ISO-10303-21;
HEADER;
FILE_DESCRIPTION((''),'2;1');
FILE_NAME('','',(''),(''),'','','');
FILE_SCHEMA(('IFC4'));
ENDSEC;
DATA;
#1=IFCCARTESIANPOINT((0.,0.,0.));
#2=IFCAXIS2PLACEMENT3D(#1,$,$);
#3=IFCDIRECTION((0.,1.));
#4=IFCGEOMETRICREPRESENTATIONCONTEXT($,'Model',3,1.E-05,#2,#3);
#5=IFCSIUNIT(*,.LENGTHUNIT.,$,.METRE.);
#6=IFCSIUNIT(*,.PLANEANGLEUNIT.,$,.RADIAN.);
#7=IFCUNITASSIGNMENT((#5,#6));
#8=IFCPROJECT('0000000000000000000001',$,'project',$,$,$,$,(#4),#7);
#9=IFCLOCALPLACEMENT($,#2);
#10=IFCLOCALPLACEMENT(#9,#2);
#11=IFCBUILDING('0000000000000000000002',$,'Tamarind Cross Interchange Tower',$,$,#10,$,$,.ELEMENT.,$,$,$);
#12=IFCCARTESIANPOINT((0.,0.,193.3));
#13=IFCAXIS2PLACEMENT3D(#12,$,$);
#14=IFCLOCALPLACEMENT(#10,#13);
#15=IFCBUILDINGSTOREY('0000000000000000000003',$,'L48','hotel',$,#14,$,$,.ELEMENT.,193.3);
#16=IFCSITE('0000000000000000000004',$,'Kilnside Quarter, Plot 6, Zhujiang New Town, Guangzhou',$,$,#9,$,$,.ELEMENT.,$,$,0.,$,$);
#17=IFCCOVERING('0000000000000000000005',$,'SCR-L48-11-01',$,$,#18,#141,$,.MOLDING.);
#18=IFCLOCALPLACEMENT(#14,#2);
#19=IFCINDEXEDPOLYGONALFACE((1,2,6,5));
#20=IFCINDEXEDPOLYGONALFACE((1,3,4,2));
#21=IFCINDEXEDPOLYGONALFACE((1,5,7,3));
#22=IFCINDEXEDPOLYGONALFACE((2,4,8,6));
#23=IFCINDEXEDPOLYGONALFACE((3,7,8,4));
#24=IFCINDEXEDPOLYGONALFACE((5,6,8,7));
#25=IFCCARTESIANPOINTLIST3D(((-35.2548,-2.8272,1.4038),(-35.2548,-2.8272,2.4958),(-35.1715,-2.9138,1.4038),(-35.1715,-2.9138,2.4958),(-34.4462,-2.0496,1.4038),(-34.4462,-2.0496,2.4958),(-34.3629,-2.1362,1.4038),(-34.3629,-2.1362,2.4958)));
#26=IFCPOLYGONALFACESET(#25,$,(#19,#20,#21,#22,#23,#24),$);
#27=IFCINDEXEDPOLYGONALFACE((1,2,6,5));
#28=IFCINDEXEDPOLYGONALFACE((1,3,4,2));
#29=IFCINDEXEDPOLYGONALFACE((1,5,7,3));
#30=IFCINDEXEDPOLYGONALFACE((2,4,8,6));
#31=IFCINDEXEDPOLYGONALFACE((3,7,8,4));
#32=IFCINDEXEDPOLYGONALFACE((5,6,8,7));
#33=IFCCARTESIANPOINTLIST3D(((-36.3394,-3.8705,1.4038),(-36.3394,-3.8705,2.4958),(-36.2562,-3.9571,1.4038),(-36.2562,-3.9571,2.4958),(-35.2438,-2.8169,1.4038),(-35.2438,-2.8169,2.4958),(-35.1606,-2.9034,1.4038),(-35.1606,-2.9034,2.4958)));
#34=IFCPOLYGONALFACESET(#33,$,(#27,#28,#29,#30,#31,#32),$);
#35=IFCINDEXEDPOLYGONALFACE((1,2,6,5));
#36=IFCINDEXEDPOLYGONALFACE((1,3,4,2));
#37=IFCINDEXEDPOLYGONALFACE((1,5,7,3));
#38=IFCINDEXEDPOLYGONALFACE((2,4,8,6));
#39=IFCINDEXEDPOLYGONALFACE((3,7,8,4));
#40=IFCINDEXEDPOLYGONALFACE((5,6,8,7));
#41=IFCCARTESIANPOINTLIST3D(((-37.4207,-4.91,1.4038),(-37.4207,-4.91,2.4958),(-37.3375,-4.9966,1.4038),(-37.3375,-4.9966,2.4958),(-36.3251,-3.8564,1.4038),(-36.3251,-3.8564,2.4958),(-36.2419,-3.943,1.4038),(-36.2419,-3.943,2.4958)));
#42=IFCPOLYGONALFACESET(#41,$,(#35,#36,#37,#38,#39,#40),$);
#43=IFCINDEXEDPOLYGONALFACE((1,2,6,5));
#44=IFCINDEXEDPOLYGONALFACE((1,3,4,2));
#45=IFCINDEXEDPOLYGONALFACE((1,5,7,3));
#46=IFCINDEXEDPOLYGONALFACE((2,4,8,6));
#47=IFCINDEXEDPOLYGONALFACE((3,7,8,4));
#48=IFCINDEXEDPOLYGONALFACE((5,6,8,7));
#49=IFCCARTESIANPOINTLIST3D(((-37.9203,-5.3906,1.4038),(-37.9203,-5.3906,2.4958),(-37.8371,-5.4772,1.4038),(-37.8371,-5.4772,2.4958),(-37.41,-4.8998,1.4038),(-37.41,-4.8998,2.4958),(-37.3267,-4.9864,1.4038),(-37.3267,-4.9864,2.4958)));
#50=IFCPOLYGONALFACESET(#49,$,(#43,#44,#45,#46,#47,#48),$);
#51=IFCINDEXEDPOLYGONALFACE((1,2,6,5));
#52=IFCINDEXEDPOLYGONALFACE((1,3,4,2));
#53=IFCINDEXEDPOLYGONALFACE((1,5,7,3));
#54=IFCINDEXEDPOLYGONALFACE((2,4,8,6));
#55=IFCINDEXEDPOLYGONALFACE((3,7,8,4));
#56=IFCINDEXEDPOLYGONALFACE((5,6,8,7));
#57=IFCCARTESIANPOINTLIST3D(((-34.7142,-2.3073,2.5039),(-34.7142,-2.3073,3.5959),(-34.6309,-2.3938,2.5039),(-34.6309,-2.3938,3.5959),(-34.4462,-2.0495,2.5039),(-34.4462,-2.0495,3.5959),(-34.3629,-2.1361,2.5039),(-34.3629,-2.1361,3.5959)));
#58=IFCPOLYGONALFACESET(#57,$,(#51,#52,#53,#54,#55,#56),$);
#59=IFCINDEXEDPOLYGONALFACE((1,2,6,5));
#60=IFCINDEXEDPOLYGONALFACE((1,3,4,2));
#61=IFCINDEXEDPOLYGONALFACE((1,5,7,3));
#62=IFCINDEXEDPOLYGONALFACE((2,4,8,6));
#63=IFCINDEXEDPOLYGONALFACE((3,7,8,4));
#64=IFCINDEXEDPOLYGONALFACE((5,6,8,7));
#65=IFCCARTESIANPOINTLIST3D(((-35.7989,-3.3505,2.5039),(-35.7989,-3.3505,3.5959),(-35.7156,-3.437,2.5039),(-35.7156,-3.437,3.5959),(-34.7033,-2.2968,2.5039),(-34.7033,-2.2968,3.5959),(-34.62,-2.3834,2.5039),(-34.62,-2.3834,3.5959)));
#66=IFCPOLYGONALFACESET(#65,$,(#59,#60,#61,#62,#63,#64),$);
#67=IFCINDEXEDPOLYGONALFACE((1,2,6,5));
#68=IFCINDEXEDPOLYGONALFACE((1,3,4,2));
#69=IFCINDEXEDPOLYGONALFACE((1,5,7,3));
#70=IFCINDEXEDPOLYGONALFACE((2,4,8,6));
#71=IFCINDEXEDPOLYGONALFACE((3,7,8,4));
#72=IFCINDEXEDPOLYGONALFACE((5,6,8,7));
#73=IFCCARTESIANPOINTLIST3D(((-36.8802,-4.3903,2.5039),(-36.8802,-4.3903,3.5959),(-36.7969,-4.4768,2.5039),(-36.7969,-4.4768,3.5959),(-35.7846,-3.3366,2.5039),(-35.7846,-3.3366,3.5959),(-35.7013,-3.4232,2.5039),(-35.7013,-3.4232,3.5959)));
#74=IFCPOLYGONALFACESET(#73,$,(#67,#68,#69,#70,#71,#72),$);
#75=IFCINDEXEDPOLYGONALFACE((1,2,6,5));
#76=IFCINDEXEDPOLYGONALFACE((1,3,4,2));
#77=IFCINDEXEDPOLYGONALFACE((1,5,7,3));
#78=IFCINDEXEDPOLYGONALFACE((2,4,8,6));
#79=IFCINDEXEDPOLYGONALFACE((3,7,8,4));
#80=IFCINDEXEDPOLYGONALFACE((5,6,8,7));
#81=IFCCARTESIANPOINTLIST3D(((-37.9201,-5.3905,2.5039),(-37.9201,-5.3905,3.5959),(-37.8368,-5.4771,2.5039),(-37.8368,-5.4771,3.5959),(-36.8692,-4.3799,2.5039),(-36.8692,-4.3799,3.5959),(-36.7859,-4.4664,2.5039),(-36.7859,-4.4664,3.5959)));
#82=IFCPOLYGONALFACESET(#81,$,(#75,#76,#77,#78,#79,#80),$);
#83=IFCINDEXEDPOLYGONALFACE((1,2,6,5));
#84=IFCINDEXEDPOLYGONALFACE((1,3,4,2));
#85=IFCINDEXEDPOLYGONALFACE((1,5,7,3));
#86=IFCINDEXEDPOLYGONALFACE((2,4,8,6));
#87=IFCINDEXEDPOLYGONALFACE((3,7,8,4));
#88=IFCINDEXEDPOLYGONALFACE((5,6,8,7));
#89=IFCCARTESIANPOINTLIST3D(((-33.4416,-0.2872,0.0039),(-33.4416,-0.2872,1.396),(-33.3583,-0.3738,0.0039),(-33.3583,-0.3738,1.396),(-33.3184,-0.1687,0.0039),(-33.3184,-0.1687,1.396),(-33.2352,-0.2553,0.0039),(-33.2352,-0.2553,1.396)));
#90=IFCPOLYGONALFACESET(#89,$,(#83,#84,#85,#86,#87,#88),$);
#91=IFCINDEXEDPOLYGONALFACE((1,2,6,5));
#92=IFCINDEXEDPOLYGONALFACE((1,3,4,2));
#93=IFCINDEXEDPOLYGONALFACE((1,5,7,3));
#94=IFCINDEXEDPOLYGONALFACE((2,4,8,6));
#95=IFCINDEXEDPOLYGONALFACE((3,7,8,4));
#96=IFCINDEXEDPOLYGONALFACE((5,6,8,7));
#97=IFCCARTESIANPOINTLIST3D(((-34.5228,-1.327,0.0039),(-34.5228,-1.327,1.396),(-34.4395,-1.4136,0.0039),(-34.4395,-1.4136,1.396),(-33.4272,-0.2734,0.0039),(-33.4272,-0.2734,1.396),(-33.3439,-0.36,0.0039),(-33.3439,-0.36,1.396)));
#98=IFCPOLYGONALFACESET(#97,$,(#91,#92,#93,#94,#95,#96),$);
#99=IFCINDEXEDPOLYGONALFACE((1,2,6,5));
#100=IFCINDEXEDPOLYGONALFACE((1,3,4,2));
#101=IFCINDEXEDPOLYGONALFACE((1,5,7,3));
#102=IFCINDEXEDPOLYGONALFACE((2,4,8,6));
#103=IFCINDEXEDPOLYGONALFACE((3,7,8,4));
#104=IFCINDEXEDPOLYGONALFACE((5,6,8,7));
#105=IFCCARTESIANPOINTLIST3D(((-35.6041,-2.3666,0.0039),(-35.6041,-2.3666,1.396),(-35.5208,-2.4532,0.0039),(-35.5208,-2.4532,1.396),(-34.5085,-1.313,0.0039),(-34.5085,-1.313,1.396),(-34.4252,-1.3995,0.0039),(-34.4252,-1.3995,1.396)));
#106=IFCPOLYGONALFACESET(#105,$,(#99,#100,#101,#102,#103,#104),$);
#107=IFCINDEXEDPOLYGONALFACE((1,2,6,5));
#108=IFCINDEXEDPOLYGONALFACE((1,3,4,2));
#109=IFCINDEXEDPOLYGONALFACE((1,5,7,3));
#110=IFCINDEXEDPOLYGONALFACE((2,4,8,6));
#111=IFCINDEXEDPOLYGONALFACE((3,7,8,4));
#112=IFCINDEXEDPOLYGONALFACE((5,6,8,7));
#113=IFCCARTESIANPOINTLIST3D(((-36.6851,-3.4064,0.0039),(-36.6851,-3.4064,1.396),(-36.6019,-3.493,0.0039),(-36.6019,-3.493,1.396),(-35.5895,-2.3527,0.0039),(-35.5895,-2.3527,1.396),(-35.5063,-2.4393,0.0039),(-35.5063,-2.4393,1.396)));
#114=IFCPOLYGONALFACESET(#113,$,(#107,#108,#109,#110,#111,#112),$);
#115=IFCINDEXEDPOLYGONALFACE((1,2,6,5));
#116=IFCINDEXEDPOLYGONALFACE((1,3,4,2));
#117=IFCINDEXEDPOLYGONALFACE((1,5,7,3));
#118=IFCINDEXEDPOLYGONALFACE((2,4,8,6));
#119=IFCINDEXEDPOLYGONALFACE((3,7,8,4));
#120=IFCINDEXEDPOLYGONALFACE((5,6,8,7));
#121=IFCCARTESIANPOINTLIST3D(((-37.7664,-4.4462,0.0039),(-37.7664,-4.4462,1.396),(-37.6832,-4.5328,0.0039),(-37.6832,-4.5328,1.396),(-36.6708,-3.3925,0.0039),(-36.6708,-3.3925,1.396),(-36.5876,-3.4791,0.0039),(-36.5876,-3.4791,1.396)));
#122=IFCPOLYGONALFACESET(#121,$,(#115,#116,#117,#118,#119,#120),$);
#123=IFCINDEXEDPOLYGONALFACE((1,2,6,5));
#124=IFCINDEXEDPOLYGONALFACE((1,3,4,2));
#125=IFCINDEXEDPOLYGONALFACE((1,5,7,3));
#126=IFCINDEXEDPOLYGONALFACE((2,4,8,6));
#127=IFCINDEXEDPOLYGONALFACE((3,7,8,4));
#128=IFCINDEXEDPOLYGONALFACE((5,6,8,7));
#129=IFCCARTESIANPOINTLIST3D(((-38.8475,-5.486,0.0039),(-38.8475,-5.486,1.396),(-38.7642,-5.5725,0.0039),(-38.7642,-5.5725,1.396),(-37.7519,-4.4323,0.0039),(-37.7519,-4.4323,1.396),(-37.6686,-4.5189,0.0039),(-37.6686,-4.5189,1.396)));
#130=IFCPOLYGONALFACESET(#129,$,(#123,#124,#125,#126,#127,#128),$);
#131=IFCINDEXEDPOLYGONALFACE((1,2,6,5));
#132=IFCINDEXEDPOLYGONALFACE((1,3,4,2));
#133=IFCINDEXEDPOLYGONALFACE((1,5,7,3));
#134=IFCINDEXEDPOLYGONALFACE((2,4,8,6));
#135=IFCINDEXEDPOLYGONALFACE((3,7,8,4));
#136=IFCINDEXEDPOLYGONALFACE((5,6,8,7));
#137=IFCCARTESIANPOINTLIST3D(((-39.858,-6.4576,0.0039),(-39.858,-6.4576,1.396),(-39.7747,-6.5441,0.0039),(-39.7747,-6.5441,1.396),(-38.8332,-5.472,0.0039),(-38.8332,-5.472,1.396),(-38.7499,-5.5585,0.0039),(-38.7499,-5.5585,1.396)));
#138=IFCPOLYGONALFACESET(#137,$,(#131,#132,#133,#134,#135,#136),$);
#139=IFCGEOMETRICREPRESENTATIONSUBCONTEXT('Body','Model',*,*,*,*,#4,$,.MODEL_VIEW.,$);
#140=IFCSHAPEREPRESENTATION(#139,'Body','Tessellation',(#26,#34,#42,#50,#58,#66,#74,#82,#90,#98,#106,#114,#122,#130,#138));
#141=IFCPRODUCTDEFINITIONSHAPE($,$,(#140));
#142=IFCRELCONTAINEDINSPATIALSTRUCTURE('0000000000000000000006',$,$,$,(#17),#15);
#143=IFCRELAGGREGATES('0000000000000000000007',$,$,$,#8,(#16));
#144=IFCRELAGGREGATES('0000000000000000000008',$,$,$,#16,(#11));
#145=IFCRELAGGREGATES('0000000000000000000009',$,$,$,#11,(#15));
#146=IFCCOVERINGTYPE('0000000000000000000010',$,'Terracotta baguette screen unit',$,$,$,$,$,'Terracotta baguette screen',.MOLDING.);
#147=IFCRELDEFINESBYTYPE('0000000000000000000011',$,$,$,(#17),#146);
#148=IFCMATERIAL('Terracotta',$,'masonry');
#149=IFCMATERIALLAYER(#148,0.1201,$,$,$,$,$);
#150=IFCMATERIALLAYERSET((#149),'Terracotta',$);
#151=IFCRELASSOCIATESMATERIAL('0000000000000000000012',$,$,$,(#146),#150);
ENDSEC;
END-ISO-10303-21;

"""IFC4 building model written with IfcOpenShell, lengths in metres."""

from ifc_helpers import new_model, si_unit, direction, frame, origin, origin_2d, place, context, subcontext, project, spatial, rectangle, extrude, material, layer, layer_set, type_object, element, save


model = new_model("IFC4")

# Units and contexts
model_context = context("Model", 3, precision=1e-05, world=origin(), true_north=direction((0.0, 1.0)))
body_context = subcontext(model_context, "Body", "Model", "MODEL_VIEW")
ifc_project = project(units=[si_unit("LENGTHUNIT", "METRE"), si_unit("PLANEANGLEUNIT", "RADIAN")], contexts=[model_context])

# Site, building, storey
site_placement = place(None, origin())
site = spatial("IfcSite", under=ifc_project, at=site_placement, Name="Kilnside Quarter, Plot 6, Zhujiang New Town, Guangzhou", CompositionType="ELEMENT", RefElevation=0.0)
building_placement = place(site_placement, origin())
building = spatial("IfcBuilding", under=site, at=building_placement, Name="Tamarind Cross Interchange Tower", CompositionType="ELEMENT")
storey_placement = place(building_placement, frame((0.0, 0.0, 193.3)))
storey = spatial("IfcBuildingStorey", under=building, at=storey_placement, Name="L48", Description="hotel", CompositionType="ELEMENT", Elevation=193.3)

# Covering
ifc_material_1 = material(Name="Terracotta", Category="masonry")
ifc_layer_1 = layer(ifc_material_1, 0.1201)
ifc_layer_set_1 = layer_set([ifc_layer_1], Name="Terracotta")
covering_type = type_object("IfcCoveringType", Name="Terracotta baguette screen unit", ElementType="Terracotta baguette screen", PredefinedType="MOLDING", material=ifc_layer_set_1)
covering_1_placement = place(storey_placement, origin())
element("IfcCovering", 1, at=covering_1_placement, inside=storey, type_object=covering_type, Name="SCR-L48-11-01", PredefinedType="MOLDING", context=body_context, shape_type="SweptSolid", body=[
    extrude(rectangle(XDim=1.1218, YDim=0.1201, at=origin_2d()), frame((-34.8088, -2.4817, 1.4038), z_axis=(0.0, 0.0, 1.0), x_axis=(-0.720774, -0.69317, 0.0)), (0.0, 0.0, 1.0), 1.092),
    extrude(rectangle(XDim=1.52, YDim=0.1201, at=origin_2d()), frame((-35.75, -3.387, 1.4038), z_axis=(0.0, 0.0, 1.0), x_axis=(-0.720774, -0.69317, 0.0)), (0.0, 0.0, 1.0), 1.092),
    extrude(rectangle(XDim=1.52, YDim=0.1201, at=origin_2d()), frame((-36.8313, -4.4265, 1.4038), z_axis=(0.0, 0.0, 1.0), x_axis=(-0.720774, -0.69317, 0.0)), (0.0, 0.0, 1.0), 1.092),
    extrude(rectangle(XDim=0.708, YDim=0.1201, at=origin_2d()), frame((-37.6235, -5.1885, 1.4038), z_axis=(0.0, 0.0, 1.0), x_axis=(-0.720774, -0.69317, 0.0)), (0.0, 0.0, 1.0), 1.092),
    extrude(rectangle(XDim=0.3718, YDim=0.1201, at=origin_2d()), frame((-34.5386, -2.2217, 2.5039), z_axis=(0.0, 0.0, 1.0), x_axis=(-0.720774, -0.69317, 0.0)), (0.0, 0.0, 1.0), 1.092),
    extrude(rectangle(XDim=1.52, YDim=0.1201, at=origin_2d()), frame((-35.2095, -2.8669, 2.5039), z_axis=(0.0, 0.0, 1.0), x_axis=(-0.720774, -0.69317, 0.0)), (0.0, 0.0, 1.0), 1.092),
    extrude(rectangle(XDim=1.52, YDim=0.1201, at=origin_2d()), frame((-36.2908, -3.9067, 2.5039), z_axis=(0.0, 0.0, 1.0), x_axis=(-0.720774, -0.69317, 0.0)), (0.0, 0.0, 1.0), 1.092),
    extrude(rectangle(XDim=1.458, YDim=0.1201, at=origin_2d()), frame((-37.353, -4.9285, 2.5039), z_axis=(0.0, 0.0, 1.0), x_axis=(-0.720774, -0.69317, 0.0)), (0.0, 0.0, 1.0), 1.092),
    extrude(rectangle(XDim=0.1709, YDim=0.1201, at=origin_2d()), frame((-33.3384, -0.2712, 0.0039), z_axis=(0.0, 0.0, 1.0), x_axis=(-0.720774, -0.69317, 0.0)), (0.0, 0.0, 1.0), 1.3921),
    extrude(rectangle(XDim=1.52, YDim=0.1201, at=origin_2d()), frame((-33.9333, -0.8435, 0.0039), z_axis=(0.0, 0.0, 1.0), x_axis=(-0.720774, -0.69317, 0.0)), (0.0, 0.0, 1.0), 1.3921),
    extrude(rectangle(XDim=1.52, YDim=0.1201, at=origin_2d()), frame((-35.0146, -1.8831, 0.0039), z_axis=(0.0, 0.0, 1.0), x_axis=(-0.720774, -0.69317, 0.0)), (0.0, 0.0, 1.0), 1.3921),
    extrude(rectangle(XDim=1.52, YDim=0.1201, at=origin_2d()), frame((-36.0957, -2.9229, 0.0039), z_axis=(0.0, 0.0, 1.0), x_axis=(-0.720774, -0.69317, 0.0)), (0.0, 0.0, 1.0), 1.3921),
    extrude(rectangle(XDim=1.52, YDim=0.1201, at=origin_2d()), frame((-37.177, -3.9626, 0.0039), z_axis=(0.0, 0.0, 1.0), x_axis=(-0.720774, -0.69317, 0.0)), (0.0, 0.0, 1.0), 1.3921),
    extrude(rectangle(XDim=1.52, YDim=0.1201, at=origin_2d()), frame((-38.2581, -5.0024, 0.0039), z_axis=(0.0, 0.0, 1.0), x_axis=(-0.720774, -0.69317, 0.0)), (0.0, 0.0, 1.0), 1.3921),
    extrude(rectangle(XDim=1.4219, YDim=0.1201, at=origin_2d()), frame((-39.304, -6.0081, 0.0039), z_axis=(0.0, 0.0, 1.0), x_axis=(-0.720774, -0.69317, 0.0)), (0.0, 0.0, 1.0), 1.3921),
])

save(model, "model.ifc")
